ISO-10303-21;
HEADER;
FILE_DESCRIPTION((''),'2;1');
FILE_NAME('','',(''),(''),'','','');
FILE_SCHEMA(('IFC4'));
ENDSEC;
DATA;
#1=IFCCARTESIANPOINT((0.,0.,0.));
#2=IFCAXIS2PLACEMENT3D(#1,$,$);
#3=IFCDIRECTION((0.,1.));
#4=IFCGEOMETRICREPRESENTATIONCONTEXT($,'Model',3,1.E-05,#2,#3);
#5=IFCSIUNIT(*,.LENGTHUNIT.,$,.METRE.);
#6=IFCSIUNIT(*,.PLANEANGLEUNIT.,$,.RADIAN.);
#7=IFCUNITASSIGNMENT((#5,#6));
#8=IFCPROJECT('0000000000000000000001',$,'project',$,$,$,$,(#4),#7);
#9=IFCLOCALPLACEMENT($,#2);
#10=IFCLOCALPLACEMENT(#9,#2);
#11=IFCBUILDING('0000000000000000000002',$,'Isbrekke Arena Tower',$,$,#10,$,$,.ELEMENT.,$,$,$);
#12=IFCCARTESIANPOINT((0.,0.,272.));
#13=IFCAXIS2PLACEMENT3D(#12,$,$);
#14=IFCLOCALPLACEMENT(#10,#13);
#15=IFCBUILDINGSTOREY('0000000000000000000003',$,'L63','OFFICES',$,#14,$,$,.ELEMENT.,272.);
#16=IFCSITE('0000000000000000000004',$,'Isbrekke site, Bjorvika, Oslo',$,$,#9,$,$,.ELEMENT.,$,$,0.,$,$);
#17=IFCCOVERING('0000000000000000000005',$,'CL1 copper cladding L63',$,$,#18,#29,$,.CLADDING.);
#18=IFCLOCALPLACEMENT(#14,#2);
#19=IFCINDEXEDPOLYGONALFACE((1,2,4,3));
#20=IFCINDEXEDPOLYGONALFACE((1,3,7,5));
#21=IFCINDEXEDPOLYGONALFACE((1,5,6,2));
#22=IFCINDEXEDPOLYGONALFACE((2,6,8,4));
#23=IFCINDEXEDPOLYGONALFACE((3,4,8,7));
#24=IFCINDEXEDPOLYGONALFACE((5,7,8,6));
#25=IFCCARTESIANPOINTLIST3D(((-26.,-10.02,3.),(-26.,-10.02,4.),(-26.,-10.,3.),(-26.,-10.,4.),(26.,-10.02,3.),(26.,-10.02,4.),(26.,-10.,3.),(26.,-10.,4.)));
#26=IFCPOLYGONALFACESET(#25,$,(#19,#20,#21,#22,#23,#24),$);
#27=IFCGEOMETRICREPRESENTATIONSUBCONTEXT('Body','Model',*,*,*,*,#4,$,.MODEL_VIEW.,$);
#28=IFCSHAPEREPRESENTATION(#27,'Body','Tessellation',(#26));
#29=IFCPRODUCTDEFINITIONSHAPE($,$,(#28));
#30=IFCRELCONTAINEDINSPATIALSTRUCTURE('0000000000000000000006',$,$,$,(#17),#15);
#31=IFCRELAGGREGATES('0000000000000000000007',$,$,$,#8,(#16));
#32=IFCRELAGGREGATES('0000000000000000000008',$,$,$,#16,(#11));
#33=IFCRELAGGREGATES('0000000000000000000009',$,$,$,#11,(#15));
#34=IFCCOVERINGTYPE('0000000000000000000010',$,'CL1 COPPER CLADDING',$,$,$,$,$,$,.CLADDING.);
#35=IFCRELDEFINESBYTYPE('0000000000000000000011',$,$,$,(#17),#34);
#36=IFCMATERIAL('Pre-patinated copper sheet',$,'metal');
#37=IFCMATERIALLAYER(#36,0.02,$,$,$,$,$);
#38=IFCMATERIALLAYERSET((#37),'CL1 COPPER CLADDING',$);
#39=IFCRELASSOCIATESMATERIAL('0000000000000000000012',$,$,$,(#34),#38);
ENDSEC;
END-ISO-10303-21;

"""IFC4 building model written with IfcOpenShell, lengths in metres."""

from ifc_helpers import new_model, si_unit, direction, frame, origin, origin_2d, place, context, subcontext, project, spatial, rectangle, extrude, material, layer, layer_set, type_object, element, save


model = new_model("IFC4")

# Units and contexts
model_context = context("Model", 3, precision=1e-05, world=origin(), true_north=direction((0.0, 1.0)))
body_context = subcontext(model_context, "Body", "Model", "MODEL_VIEW")
ifc_project = project(units=[si_unit("LENGTHUNIT", "METRE"), si_unit("PLANEANGLEUNIT", "RADIAN")], contexts=[model_context])

# Site, building, storey
site_placement = place(None, origin())
site = spatial("IfcSite", under=ifc_project, at=site_placement, Name="Isbrekke site, Bjorvika, Oslo", CompositionType="ELEMENT", RefElevation=0.0)
building_placement = place(site_placement, origin())
building = spatial("IfcBuilding", under=site, at=building_placement, Name="Isbrekke Arena Tower", CompositionType="ELEMENT")
storey_placement = place(building_placement, frame((0.0, 0.0, 272.0)))
storey = spatial("IfcBuildingStorey", under=building, at=storey_placement, Name="L63", Description="OFFICES", CompositionType="ELEMENT", Elevation=272.0)

# Covering
ifc_material_1 = material(Name="Pre-patinated copper sheet", Category="metal")
ifc_layer_1 = layer(ifc_material_1, 0.02)
ifc_layer_set_1 = layer_set([ifc_layer_1], Name="CL1 COPPER CLADDING")
covering_type = type_object("IfcCoveringType", Name="CL1 COPPER CLADDING", PredefinedType="CLADDING", material=ifc_layer_set_1)
covering_placement = place(storey_placement, frame((0.0, -10.01, 3.0), z_axis=(0.0, 0.0, 1.0), x_axis=(1.0, 0.0, 0.0)))
element("IfcCovering", 1, at=covering_placement, inside=storey, type_object=covering_type, Name="CL1 copper cladding L63", PredefinedType="CLADDING", context=body_context, shape_type="SweptSolid", body=[
    extrude(rectangle(XDim=52.0, YDim=0.02, at=origin_2d()), origin(), (0.0, 0.0, 1.0), 1.0),
])

save(model, "model.ifc")
